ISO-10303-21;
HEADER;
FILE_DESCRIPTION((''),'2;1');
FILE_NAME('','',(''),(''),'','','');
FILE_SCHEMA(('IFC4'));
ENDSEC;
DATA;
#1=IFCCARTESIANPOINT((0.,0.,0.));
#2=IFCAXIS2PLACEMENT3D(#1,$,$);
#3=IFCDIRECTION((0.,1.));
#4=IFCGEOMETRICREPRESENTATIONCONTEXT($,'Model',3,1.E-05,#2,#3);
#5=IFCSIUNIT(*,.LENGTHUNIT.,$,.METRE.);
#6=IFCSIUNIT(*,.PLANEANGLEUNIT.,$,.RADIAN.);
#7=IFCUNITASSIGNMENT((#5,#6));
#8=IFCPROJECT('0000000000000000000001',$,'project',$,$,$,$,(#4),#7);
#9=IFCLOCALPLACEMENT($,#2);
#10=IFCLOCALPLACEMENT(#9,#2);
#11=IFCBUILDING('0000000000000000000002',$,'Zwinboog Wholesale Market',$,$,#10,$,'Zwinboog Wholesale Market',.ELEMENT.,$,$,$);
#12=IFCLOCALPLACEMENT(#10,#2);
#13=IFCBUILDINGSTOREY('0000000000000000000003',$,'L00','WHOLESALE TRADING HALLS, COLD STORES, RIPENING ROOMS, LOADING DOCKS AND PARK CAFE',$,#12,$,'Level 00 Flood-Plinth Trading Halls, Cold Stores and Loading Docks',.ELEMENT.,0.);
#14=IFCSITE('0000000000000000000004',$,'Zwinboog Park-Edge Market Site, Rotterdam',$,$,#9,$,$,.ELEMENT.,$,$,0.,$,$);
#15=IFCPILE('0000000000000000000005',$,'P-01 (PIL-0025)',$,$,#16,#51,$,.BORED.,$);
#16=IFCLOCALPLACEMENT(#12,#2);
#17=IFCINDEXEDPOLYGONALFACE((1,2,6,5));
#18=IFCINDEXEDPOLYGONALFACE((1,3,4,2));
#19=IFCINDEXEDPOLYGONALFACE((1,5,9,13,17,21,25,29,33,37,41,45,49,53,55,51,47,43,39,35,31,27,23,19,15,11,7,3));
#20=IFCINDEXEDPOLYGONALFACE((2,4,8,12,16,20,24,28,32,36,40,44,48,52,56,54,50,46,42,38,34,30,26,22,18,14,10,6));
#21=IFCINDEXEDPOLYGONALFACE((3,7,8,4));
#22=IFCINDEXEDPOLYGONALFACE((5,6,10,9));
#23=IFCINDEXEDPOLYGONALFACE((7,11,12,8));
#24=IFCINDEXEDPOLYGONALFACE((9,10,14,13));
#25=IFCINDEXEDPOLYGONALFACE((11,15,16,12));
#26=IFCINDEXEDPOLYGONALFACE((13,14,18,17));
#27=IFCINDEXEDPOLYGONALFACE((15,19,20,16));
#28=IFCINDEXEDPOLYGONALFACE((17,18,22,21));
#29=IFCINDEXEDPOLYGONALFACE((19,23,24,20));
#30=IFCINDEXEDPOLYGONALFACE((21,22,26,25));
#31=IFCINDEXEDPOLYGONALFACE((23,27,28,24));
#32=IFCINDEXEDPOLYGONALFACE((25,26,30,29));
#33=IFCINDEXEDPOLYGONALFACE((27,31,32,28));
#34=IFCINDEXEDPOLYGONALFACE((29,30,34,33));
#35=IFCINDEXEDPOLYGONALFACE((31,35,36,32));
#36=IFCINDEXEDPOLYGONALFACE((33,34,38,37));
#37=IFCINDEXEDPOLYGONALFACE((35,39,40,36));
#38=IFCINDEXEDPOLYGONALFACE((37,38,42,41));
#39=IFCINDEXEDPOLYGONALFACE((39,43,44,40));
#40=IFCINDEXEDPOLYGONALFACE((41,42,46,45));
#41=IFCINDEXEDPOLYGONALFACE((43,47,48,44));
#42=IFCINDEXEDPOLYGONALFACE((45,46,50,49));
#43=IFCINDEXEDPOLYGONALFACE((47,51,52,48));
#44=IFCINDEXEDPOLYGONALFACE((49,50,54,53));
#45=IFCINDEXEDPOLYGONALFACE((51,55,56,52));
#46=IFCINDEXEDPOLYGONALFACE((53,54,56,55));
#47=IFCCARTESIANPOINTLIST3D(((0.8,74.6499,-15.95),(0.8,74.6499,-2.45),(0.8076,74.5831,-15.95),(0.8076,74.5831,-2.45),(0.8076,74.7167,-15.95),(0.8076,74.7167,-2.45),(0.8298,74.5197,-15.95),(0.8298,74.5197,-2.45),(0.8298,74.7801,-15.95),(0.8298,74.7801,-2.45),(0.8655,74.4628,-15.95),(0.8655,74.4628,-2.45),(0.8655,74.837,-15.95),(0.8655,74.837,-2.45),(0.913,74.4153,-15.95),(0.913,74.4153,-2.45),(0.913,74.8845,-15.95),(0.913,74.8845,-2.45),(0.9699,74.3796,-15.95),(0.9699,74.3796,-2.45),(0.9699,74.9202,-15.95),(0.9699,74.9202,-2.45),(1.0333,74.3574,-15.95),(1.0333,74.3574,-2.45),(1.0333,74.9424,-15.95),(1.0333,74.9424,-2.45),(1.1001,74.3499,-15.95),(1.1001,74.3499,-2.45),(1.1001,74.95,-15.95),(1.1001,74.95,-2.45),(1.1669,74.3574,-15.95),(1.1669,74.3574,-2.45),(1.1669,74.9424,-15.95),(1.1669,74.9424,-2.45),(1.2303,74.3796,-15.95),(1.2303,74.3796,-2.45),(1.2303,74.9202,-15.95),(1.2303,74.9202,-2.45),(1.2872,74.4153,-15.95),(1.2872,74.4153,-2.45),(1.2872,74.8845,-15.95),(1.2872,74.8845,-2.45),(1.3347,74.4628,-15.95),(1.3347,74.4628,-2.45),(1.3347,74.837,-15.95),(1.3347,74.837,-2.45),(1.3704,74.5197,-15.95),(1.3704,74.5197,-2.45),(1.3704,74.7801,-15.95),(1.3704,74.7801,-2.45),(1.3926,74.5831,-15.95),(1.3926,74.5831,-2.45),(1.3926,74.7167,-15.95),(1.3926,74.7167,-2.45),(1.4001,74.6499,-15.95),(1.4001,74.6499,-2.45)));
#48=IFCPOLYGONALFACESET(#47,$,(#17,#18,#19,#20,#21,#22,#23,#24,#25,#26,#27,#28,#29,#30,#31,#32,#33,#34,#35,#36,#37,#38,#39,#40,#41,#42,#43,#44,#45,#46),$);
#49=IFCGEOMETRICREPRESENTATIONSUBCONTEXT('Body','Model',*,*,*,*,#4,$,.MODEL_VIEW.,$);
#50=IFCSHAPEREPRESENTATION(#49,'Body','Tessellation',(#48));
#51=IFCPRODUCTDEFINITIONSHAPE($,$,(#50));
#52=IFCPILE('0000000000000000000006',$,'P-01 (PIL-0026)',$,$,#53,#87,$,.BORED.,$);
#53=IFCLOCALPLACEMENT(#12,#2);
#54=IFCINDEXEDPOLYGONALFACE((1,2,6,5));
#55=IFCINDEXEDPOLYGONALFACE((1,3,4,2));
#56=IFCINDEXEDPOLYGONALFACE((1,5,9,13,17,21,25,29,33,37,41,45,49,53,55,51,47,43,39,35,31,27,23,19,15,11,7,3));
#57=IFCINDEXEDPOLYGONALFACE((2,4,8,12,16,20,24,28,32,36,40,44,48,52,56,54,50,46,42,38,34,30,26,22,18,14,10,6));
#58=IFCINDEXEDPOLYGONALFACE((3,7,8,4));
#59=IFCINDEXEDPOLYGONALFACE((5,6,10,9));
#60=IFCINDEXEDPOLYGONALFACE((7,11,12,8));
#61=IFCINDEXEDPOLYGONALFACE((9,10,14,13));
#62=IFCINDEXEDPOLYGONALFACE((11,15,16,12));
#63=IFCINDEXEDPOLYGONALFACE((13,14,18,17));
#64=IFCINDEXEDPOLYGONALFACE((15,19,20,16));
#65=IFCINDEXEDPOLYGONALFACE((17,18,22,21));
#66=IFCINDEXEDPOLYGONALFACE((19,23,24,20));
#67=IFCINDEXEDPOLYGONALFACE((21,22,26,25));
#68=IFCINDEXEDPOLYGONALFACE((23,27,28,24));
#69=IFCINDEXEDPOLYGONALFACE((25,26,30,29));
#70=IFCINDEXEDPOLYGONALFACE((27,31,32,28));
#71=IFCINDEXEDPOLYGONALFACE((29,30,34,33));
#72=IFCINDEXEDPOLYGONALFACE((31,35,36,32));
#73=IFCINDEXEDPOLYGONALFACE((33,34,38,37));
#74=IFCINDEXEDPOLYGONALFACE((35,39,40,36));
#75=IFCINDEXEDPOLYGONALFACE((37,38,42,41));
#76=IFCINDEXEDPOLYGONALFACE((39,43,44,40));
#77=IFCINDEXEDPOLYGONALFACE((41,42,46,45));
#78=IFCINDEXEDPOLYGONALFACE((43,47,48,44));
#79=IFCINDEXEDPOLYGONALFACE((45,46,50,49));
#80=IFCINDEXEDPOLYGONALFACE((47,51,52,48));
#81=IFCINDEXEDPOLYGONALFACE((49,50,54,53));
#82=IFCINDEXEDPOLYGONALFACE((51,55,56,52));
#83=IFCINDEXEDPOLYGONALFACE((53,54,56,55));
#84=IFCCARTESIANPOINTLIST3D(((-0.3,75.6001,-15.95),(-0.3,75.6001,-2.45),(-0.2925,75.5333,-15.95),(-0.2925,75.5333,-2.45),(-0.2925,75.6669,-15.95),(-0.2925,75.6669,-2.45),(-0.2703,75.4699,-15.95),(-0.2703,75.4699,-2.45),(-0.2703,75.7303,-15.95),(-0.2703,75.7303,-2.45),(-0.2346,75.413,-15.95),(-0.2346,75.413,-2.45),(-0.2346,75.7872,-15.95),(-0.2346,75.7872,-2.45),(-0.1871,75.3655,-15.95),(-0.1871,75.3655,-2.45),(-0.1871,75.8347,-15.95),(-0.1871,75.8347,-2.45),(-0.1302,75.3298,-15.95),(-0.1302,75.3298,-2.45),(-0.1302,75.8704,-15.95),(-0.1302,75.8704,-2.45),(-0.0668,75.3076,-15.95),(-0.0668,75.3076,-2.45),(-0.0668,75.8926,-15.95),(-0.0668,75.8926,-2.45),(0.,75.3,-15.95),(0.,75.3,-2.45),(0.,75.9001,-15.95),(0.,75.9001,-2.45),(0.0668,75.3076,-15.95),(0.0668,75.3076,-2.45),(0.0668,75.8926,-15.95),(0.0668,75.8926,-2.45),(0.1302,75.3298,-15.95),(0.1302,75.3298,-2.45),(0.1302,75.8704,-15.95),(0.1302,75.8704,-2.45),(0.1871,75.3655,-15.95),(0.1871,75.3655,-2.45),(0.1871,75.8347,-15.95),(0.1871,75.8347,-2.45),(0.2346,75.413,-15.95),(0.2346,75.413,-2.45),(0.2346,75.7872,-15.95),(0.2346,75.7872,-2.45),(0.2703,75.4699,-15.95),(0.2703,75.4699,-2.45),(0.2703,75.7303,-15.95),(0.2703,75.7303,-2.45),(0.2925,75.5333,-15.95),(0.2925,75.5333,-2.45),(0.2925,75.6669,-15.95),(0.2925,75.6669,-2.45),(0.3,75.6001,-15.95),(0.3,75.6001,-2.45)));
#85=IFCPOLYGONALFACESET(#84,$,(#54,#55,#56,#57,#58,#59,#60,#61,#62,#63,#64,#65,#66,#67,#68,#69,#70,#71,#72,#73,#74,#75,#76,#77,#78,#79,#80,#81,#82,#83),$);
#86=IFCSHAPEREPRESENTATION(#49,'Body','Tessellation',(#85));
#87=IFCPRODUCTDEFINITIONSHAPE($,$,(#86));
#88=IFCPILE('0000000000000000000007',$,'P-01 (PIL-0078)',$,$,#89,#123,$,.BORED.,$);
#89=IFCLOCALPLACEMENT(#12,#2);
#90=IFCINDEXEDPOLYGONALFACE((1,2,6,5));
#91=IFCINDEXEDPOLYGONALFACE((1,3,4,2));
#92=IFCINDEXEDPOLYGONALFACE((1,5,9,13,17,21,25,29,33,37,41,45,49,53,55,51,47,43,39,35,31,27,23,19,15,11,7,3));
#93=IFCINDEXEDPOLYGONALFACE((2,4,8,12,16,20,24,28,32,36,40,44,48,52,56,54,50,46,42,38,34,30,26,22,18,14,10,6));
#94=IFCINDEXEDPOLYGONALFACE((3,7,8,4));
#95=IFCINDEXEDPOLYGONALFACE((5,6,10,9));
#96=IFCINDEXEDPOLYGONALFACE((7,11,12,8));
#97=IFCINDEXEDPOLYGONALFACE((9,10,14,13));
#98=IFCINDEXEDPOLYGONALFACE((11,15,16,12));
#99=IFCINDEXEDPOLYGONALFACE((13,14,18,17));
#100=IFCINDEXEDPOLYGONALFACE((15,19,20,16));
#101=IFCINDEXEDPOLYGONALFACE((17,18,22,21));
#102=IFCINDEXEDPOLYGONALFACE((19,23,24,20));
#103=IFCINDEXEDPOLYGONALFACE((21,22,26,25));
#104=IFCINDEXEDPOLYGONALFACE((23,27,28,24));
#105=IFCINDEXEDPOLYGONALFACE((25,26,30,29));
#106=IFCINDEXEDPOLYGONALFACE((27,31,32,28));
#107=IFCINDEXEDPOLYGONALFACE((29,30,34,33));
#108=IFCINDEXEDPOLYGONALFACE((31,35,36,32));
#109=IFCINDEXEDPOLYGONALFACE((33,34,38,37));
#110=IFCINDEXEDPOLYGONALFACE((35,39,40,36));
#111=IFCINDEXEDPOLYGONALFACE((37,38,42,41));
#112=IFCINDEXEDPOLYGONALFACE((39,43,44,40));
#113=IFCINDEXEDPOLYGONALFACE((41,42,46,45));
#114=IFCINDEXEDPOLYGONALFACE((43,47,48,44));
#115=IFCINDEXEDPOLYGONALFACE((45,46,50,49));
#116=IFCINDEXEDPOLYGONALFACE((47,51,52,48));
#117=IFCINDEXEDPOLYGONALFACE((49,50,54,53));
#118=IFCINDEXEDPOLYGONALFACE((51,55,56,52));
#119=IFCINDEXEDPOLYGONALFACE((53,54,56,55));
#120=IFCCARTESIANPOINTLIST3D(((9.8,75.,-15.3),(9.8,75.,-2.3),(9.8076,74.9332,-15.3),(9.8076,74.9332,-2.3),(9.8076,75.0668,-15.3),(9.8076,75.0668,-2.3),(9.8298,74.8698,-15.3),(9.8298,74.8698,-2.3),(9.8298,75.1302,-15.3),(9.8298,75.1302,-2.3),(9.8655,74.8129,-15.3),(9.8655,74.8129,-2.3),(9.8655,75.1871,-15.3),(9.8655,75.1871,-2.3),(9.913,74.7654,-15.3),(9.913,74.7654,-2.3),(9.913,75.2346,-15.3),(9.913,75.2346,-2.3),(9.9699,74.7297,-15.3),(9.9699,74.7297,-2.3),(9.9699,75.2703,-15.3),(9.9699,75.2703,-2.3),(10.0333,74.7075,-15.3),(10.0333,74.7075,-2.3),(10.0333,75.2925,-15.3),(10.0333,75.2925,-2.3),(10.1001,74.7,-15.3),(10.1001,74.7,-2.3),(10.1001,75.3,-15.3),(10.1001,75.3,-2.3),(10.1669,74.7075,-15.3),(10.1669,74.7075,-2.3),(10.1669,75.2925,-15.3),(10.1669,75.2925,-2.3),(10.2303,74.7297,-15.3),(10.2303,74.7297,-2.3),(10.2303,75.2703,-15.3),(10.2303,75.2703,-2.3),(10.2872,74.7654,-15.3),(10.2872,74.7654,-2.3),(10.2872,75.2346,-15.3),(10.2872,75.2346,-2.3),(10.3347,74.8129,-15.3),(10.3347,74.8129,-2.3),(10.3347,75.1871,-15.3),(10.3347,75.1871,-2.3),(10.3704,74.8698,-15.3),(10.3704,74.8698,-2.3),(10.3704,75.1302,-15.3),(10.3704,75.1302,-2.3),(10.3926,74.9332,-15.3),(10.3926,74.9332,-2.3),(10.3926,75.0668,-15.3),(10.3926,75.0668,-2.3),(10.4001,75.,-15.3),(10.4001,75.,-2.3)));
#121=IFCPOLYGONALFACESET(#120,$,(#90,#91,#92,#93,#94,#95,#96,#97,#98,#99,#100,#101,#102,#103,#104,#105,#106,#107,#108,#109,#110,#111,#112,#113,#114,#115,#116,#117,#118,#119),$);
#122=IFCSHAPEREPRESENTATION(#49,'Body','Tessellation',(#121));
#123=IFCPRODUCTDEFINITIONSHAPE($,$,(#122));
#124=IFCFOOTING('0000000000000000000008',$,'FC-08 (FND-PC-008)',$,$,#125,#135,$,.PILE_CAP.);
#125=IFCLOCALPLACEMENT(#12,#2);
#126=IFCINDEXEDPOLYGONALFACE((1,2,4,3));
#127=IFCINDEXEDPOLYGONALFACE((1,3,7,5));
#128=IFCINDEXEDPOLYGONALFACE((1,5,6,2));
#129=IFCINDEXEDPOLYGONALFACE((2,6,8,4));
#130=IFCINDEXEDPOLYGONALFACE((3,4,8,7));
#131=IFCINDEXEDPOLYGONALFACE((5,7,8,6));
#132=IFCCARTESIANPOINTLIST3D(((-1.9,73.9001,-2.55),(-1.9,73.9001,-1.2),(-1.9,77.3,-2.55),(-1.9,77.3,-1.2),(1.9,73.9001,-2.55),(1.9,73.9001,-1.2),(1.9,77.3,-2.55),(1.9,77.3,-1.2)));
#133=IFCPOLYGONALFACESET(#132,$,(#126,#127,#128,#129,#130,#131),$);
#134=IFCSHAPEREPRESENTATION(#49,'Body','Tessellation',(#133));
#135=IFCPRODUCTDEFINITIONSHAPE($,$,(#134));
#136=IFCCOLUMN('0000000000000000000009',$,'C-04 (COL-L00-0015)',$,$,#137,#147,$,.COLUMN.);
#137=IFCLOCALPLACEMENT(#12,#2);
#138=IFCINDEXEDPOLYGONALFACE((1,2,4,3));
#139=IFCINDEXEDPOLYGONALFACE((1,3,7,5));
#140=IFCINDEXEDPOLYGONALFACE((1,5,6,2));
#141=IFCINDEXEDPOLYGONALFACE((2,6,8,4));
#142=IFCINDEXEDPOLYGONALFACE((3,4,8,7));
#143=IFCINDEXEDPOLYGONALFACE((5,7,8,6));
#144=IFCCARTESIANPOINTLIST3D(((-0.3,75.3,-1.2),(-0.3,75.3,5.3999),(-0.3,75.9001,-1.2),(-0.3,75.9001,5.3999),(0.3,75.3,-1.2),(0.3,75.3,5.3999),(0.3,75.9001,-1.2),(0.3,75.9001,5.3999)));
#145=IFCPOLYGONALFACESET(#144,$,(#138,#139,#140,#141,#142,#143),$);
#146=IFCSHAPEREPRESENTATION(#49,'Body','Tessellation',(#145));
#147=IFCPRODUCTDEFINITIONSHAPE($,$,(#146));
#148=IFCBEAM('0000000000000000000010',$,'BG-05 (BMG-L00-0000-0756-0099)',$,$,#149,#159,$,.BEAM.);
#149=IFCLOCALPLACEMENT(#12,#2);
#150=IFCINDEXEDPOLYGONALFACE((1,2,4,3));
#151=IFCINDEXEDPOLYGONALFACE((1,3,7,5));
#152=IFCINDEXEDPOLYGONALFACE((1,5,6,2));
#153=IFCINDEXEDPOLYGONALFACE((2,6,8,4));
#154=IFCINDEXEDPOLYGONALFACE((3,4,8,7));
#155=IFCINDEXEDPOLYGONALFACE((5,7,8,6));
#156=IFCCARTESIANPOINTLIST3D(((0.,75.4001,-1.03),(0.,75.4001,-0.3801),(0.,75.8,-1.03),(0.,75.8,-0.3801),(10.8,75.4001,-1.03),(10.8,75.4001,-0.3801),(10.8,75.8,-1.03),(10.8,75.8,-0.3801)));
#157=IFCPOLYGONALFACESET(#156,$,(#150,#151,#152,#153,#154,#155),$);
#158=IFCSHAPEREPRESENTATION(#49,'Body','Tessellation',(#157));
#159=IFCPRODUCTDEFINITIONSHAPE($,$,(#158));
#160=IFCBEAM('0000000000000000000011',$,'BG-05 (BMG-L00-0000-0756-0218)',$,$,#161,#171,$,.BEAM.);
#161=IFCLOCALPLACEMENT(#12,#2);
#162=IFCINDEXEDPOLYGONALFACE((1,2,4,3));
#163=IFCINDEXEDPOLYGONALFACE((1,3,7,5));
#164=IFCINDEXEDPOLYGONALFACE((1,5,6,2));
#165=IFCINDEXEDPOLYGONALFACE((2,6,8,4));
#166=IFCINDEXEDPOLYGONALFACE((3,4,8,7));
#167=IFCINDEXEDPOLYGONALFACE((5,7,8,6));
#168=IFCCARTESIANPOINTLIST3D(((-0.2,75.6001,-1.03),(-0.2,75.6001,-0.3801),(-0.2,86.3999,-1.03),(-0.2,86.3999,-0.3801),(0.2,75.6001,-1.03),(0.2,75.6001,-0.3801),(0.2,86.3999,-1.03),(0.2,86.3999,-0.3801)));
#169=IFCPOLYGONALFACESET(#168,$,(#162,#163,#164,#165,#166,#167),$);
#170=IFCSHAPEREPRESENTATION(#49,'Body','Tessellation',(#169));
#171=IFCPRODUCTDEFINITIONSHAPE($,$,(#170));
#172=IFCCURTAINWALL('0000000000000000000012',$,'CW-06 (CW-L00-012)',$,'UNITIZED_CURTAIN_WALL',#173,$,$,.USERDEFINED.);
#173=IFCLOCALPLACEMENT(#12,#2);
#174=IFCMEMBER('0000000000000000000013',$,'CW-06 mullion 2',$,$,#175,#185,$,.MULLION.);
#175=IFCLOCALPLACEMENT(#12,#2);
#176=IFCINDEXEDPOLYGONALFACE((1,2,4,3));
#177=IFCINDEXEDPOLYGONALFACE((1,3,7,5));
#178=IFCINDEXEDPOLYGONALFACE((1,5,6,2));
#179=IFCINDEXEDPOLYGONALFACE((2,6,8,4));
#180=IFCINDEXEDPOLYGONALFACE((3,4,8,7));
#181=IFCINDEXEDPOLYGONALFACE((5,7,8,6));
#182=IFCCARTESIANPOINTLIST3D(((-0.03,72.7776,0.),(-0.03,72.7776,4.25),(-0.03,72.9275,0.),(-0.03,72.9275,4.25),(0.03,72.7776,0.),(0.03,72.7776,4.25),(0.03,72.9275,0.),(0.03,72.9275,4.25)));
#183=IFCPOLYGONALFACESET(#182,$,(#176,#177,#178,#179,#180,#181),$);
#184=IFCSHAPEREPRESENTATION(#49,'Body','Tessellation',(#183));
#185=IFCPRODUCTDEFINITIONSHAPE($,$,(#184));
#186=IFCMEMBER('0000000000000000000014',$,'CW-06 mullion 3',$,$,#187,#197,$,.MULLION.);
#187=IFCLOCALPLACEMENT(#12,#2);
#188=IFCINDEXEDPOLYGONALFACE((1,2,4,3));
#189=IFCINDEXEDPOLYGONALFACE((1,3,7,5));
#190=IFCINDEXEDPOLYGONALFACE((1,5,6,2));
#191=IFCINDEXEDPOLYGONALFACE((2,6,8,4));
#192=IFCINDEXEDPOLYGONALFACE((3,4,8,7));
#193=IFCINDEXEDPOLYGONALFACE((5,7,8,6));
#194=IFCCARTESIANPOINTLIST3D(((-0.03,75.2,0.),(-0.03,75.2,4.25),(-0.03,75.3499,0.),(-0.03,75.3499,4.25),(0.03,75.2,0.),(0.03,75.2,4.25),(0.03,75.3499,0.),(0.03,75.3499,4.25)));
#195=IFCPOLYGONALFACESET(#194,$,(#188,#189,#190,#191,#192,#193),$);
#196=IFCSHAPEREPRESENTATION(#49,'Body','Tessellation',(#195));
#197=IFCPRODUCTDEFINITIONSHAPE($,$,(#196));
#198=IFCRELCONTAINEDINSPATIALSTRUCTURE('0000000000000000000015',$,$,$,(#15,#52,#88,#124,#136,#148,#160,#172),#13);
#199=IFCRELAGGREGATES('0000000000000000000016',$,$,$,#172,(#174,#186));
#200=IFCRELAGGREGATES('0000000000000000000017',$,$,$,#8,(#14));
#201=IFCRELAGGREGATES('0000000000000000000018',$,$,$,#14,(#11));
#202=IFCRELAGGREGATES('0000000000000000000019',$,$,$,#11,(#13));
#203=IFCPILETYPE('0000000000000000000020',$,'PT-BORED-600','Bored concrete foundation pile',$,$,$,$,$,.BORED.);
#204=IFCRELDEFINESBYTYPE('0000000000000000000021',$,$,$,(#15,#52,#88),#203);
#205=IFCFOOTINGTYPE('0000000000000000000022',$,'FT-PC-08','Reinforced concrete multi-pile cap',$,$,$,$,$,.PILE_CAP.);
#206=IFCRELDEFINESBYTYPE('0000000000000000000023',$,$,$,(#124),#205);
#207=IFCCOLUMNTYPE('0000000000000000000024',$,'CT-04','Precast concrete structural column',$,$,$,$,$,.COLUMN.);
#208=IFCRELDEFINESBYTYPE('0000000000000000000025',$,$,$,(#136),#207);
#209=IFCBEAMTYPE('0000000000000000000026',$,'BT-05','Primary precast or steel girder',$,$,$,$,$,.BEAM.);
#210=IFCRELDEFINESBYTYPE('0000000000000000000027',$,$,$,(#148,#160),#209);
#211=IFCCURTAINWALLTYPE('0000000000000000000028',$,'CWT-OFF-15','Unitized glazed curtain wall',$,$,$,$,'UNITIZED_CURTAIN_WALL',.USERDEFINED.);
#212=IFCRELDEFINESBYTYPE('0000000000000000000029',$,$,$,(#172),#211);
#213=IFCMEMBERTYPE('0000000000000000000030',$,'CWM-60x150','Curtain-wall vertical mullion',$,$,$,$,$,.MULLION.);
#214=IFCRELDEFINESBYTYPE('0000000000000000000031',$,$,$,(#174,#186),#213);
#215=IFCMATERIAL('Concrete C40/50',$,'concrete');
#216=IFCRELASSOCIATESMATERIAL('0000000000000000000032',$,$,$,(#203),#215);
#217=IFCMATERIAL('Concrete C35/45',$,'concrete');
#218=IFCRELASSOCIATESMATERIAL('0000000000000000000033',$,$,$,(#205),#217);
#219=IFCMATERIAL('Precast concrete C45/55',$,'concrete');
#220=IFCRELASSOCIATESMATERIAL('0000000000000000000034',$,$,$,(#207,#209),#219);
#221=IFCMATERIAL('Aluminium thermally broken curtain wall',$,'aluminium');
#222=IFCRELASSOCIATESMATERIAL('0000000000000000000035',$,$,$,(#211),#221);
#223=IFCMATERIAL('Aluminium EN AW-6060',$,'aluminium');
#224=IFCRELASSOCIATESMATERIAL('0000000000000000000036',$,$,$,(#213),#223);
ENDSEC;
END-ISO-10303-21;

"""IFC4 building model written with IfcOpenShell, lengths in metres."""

from ifc_helpers import new_model, si_unit, direction, frame, origin, origin_2d, place, context, subcontext, project, spatial, rectangle, circle, extrude, material, material_profile, profile_set, type_object, element, aggregate, save


model = new_model("IFC4")

# Units and contexts
model_context = context("Model", 3, precision=1e-05, world=origin(), true_north=direction((0.0, 1.0)))
body_context = subcontext(model_context, "Body", "Model", "MODEL_VIEW")
ifc_project = project(units=[si_unit("LENGTHUNIT", "METRE"), si_unit("PLANEANGLEUNIT", "RADIAN")], contexts=[model_context])

# Site, building, storey
site_placement = place(None, origin())
site = spatial("IfcSite", under=ifc_project, at=site_placement, Name="Zwinboog Park-Edge Market Site, Rotterdam", CompositionType="ELEMENT", RefElevation=0.0)
building_placement = place(site_placement, origin())
building = spatial("IfcBuilding", under=site, at=building_placement, Name="Zwinboog Wholesale Market", LongName="Zwinboog Wholesale Market", CompositionType="ELEMENT")
storey_placement = place(building_placement, origin())
storey = spatial("IfcBuildingStorey", under=building, at=storey_placement, Name="L00", Description="WHOLESALE TRADING HALLS, COLD STORES, RIPENING ROOMS, LOADING DOCKS AND PARK CAFE", LongName="Level 00 Flood-Plinth Trading Halls, Cold Stores and Loading Docks", CompositionType="ELEMENT", Elevation=0.0)

# Piles
ifc_material_1 = material(Name="Concrete C40/50", Category="concrete")
ifc_material_profile_1 = material_profile(ifc_material_1, circle(Radius=0.3, at=origin_2d()), Name="PILE D600")
ifc_profile_set_1 = profile_set([ifc_material_profile_1], Name="Concrete C40/50")
pile_type = type_object("IfcPileType", Name="PT-BORED-600", Description="Bored concrete foundation pile", PredefinedType="BORED", material=ifc_profile_set_1)
for number, where, z_axis, x_axis, name in (
    (1, (1.1001, 74.6499, -2.45), (0.0, 0.0, -1.0), (1.0, 0.0, 0.0), "P-01 (PIL-0025)"),
    (2, (0.0, 75.6001, -2.45), (0.0, 0.0, -1.0), (1.0, 0.0, 0.0), "P-01 (PIL-0026)"),
):
    element("IfcPile", number, at=place(storey_placement, frame(where, z_axis=z_axis, x_axis=x_axis)), inside=storey, type_object=pile_type, Name=name, PredefinedType="BORED", context=body_context, shape_type="SweptSolid", body=[
        extrude(circle(Radius=0.3, at=origin_2d()), origin(), (0.0, 0.0, 1.0), 13.5),
    ])
pile_placement = place(storey_placement, frame((10.1001, 75.0, -2.3), z_axis=(0.0, 0.0, -1.0), x_axis=(1.0, 0.0, 0.0)))
element("IfcPile", 3, at=pile_placement, inside=storey, type_object=pile_type, Name="P-01 (PIL-0078)", PredefinedType="BORED", context=body_context, shape_type="SweptSolid", body=[
    extrude(circle(Radius=0.3, at=origin_2d()), origin(), (0.0, 0.0, 1.0), 13.0),
])

# Footing
ifc_material_2 = material(Name="Concrete C35/45", Category="concrete")
footing_type = type_object("IfcFootingType", Name="FT-PC-08", Description="Reinforced concrete multi-pile cap", PredefinedType="PILE_CAP", material=ifc_material_2)
footing_placement = place(storey_placement, frame((0.0, 75.6001, -2.55), z_axis=(0.0, 0.0, 1.0), x_axis=(1.0, 0.0, 0.0)))
element("IfcFooting", 4, at=footing_placement, inside=storey, type_object=footing_type, Name="FC-08 (FND-PC-008)", PredefinedType="PILE_CAP", context=body_context, shape_type="SweptSolid", body=[
    extrude(rectangle(XDim=3.8, YDim=3.3999, at=origin_2d()), origin(), (0.0, 0.0, 1.0), 1.3501),
])

# Column
ifc_material_3 = material(Name="Precast concrete C45/55", Category="concrete")
ifc_material_profile_2 = material_profile(ifc_material_3, rectangle(XDim=0.6001, YDim=0.6001, at=origin_2d()), Name="PC 600x600")
ifc_profile_set_2 = profile_set([ifc_material_profile_2], Name="Precast concrete C45/55")
column_type = type_object("IfcColumnType", Name="CT-04", Description="Precast concrete structural column", PredefinedType="COLUMN", material=ifc_profile_set_2)
column_placement = place(storey_placement, frame((0.0, 75.6001, -1.2), z_axis=(0.0, 0.0, 1.0), x_axis=(1.0, 0.0, 0.0)))
element("IfcColumn", 5, at=column_placement, inside=storey, type_object=column_type, Name="C-04 (COL-L00-0015)", PredefinedType="COLUMN", context=body_context, shape_type="SweptSolid", body=[
    extrude(rectangle(XDim=0.6001, YDim=0.6001, at=origin_2d()), origin(), (0.0, 0.0, 1.0), 6.5999),
])

# Beams
ifc_material_profile_3 = material_profile(ifc_material_3, rectangle(XDim=0.3999, YDim=0.6499, at=origin_2d()), Name="PC 400x650")
ifc_profile_set_3 = profile_set([ifc_material_profile_3], Name="Precast concrete C45/55")
beam_type = type_object("IfcBeamType", Name="BT-05", Description="Primary precast or steel girder", PredefinedType="BEAM", material=ifc_profile_set_3)
beam_1_placement = place(storey_placement, frame((0.0, 75.6001, -0.7051), z_axis=(1.0, 0.0, 0.0), x_axis=(0.0, 1.0, 0.0)))
element("IfcBeam", 6, at=beam_1_placement, inside=storey, type_object=beam_type, Name="BG-05 (BMG-L00-0000-0756-0099)", PredefinedType="BEAM", context=body_context, shape_type="SweptSolid", body=[
    extrude(rectangle(XDim=0.3999, YDim=0.6499, at=origin_2d()), origin(), (0.0, 0.0, 1.0), 10.8),
])
beam_2_placement = place(storey_placement, frame((0.0, 75.6001, -0.7051), z_axis=(0.0, 1.0, 0.0), x_axis=(-1.0, 0.0, 0.0)))
element("IfcBeam", 7, at=beam_2_placement, inside=storey, type_object=beam_type, Name="BG-05 (BMG-L00-0000-0756-0218)", PredefinedType="BEAM", context=body_context, shape_type="SweptSolid", body=[
    extrude(rectangle(XDim=0.3999, YDim=0.6499, at=origin_2d()), origin(), (0.0, 0.0, 1.0), 10.7998),
])

# Curtain wall, members
ifc_material_4 = material(Name="Aluminium thermally broken curtain wall", Category="aluminium")
curtain_wall_type_1 = type_object("IfcCurtainWallType", Name="CWT-OFF-15", Description="Unitized glazed curtain wall", ElementType="UNITIZED_CURTAIN_WALL", PredefinedType="USERDEFINED", material=ifc_material_4)
curtain_wall_1_placement = place(storey_placement, origin())
curtain_wall_1 = element("IfcCurtainWall", 8, at=curtain_wall_1_placement, inside=storey, type_object=curtain_wall_type_1, Name="CW-06 (CW-L00-012)", ObjectType="UNITIZED_CURTAIN_WALL", PredefinedType="USERDEFINED")
ifc_material_5 = material(Name="Aluminium EN AW-6060", Category="aluminium")
ifc_material_profile_4 = material_profile(ifc_material_5, rectangle(XDim=0.0601, YDim=0.1499, at=origin_2d()), Name="AL 60x150")
ifc_profile_set_4 = profile_set([ifc_material_profile_4], Name="Aluminium EN AW-6060")
member_type_1 = type_object("IfcMemberType", Name="CWM-60x150", Description="Curtain-wall vertical mullion", PredefinedType="MULLION", material=ifc_profile_set_4)
member_1_placement = place(storey_placement, frame((0.0, 72.8525, 0.0), z_axis=(0.0, 0.0, 1.0), x_axis=(-1.0, 0.0, 0.0)))
member_1 = element("IfcMember", 9, at=member_1_placement, type_object=member_type_1, Name="CW-06 mullion 2", PredefinedType="MULLION", context=body_context, shape_type="SweptSolid", body=[
    extrude(rectangle(XDim=0.0601, YDim=0.1499, at=origin_2d()), origin(), (0.0, 0.0, 1.0), 4.25),
])
member_2_placement = place(storey_placement, frame((0.0, 75.2749, 0.0), z_axis=(0.0, 0.0, 1.0), x_axis=(-1.0, 0.0, 0.0)))
member_2 = element("IfcMember", 10, at=member_2_placement, type_object=member_type_1, Name="CW-06 mullion 3", PredefinedType="MULLION", context=body_context, shape_type="SweptSolid", body=[
    extrude(rectangle(XDim=0.0601, YDim=0.1499, at=origin_2d()), origin(), (0.0, 0.0, 1.0), 4.25),
])

aggregate(curtain_wall_1, [member_1, member_2])

save(model, "model.ifc")
